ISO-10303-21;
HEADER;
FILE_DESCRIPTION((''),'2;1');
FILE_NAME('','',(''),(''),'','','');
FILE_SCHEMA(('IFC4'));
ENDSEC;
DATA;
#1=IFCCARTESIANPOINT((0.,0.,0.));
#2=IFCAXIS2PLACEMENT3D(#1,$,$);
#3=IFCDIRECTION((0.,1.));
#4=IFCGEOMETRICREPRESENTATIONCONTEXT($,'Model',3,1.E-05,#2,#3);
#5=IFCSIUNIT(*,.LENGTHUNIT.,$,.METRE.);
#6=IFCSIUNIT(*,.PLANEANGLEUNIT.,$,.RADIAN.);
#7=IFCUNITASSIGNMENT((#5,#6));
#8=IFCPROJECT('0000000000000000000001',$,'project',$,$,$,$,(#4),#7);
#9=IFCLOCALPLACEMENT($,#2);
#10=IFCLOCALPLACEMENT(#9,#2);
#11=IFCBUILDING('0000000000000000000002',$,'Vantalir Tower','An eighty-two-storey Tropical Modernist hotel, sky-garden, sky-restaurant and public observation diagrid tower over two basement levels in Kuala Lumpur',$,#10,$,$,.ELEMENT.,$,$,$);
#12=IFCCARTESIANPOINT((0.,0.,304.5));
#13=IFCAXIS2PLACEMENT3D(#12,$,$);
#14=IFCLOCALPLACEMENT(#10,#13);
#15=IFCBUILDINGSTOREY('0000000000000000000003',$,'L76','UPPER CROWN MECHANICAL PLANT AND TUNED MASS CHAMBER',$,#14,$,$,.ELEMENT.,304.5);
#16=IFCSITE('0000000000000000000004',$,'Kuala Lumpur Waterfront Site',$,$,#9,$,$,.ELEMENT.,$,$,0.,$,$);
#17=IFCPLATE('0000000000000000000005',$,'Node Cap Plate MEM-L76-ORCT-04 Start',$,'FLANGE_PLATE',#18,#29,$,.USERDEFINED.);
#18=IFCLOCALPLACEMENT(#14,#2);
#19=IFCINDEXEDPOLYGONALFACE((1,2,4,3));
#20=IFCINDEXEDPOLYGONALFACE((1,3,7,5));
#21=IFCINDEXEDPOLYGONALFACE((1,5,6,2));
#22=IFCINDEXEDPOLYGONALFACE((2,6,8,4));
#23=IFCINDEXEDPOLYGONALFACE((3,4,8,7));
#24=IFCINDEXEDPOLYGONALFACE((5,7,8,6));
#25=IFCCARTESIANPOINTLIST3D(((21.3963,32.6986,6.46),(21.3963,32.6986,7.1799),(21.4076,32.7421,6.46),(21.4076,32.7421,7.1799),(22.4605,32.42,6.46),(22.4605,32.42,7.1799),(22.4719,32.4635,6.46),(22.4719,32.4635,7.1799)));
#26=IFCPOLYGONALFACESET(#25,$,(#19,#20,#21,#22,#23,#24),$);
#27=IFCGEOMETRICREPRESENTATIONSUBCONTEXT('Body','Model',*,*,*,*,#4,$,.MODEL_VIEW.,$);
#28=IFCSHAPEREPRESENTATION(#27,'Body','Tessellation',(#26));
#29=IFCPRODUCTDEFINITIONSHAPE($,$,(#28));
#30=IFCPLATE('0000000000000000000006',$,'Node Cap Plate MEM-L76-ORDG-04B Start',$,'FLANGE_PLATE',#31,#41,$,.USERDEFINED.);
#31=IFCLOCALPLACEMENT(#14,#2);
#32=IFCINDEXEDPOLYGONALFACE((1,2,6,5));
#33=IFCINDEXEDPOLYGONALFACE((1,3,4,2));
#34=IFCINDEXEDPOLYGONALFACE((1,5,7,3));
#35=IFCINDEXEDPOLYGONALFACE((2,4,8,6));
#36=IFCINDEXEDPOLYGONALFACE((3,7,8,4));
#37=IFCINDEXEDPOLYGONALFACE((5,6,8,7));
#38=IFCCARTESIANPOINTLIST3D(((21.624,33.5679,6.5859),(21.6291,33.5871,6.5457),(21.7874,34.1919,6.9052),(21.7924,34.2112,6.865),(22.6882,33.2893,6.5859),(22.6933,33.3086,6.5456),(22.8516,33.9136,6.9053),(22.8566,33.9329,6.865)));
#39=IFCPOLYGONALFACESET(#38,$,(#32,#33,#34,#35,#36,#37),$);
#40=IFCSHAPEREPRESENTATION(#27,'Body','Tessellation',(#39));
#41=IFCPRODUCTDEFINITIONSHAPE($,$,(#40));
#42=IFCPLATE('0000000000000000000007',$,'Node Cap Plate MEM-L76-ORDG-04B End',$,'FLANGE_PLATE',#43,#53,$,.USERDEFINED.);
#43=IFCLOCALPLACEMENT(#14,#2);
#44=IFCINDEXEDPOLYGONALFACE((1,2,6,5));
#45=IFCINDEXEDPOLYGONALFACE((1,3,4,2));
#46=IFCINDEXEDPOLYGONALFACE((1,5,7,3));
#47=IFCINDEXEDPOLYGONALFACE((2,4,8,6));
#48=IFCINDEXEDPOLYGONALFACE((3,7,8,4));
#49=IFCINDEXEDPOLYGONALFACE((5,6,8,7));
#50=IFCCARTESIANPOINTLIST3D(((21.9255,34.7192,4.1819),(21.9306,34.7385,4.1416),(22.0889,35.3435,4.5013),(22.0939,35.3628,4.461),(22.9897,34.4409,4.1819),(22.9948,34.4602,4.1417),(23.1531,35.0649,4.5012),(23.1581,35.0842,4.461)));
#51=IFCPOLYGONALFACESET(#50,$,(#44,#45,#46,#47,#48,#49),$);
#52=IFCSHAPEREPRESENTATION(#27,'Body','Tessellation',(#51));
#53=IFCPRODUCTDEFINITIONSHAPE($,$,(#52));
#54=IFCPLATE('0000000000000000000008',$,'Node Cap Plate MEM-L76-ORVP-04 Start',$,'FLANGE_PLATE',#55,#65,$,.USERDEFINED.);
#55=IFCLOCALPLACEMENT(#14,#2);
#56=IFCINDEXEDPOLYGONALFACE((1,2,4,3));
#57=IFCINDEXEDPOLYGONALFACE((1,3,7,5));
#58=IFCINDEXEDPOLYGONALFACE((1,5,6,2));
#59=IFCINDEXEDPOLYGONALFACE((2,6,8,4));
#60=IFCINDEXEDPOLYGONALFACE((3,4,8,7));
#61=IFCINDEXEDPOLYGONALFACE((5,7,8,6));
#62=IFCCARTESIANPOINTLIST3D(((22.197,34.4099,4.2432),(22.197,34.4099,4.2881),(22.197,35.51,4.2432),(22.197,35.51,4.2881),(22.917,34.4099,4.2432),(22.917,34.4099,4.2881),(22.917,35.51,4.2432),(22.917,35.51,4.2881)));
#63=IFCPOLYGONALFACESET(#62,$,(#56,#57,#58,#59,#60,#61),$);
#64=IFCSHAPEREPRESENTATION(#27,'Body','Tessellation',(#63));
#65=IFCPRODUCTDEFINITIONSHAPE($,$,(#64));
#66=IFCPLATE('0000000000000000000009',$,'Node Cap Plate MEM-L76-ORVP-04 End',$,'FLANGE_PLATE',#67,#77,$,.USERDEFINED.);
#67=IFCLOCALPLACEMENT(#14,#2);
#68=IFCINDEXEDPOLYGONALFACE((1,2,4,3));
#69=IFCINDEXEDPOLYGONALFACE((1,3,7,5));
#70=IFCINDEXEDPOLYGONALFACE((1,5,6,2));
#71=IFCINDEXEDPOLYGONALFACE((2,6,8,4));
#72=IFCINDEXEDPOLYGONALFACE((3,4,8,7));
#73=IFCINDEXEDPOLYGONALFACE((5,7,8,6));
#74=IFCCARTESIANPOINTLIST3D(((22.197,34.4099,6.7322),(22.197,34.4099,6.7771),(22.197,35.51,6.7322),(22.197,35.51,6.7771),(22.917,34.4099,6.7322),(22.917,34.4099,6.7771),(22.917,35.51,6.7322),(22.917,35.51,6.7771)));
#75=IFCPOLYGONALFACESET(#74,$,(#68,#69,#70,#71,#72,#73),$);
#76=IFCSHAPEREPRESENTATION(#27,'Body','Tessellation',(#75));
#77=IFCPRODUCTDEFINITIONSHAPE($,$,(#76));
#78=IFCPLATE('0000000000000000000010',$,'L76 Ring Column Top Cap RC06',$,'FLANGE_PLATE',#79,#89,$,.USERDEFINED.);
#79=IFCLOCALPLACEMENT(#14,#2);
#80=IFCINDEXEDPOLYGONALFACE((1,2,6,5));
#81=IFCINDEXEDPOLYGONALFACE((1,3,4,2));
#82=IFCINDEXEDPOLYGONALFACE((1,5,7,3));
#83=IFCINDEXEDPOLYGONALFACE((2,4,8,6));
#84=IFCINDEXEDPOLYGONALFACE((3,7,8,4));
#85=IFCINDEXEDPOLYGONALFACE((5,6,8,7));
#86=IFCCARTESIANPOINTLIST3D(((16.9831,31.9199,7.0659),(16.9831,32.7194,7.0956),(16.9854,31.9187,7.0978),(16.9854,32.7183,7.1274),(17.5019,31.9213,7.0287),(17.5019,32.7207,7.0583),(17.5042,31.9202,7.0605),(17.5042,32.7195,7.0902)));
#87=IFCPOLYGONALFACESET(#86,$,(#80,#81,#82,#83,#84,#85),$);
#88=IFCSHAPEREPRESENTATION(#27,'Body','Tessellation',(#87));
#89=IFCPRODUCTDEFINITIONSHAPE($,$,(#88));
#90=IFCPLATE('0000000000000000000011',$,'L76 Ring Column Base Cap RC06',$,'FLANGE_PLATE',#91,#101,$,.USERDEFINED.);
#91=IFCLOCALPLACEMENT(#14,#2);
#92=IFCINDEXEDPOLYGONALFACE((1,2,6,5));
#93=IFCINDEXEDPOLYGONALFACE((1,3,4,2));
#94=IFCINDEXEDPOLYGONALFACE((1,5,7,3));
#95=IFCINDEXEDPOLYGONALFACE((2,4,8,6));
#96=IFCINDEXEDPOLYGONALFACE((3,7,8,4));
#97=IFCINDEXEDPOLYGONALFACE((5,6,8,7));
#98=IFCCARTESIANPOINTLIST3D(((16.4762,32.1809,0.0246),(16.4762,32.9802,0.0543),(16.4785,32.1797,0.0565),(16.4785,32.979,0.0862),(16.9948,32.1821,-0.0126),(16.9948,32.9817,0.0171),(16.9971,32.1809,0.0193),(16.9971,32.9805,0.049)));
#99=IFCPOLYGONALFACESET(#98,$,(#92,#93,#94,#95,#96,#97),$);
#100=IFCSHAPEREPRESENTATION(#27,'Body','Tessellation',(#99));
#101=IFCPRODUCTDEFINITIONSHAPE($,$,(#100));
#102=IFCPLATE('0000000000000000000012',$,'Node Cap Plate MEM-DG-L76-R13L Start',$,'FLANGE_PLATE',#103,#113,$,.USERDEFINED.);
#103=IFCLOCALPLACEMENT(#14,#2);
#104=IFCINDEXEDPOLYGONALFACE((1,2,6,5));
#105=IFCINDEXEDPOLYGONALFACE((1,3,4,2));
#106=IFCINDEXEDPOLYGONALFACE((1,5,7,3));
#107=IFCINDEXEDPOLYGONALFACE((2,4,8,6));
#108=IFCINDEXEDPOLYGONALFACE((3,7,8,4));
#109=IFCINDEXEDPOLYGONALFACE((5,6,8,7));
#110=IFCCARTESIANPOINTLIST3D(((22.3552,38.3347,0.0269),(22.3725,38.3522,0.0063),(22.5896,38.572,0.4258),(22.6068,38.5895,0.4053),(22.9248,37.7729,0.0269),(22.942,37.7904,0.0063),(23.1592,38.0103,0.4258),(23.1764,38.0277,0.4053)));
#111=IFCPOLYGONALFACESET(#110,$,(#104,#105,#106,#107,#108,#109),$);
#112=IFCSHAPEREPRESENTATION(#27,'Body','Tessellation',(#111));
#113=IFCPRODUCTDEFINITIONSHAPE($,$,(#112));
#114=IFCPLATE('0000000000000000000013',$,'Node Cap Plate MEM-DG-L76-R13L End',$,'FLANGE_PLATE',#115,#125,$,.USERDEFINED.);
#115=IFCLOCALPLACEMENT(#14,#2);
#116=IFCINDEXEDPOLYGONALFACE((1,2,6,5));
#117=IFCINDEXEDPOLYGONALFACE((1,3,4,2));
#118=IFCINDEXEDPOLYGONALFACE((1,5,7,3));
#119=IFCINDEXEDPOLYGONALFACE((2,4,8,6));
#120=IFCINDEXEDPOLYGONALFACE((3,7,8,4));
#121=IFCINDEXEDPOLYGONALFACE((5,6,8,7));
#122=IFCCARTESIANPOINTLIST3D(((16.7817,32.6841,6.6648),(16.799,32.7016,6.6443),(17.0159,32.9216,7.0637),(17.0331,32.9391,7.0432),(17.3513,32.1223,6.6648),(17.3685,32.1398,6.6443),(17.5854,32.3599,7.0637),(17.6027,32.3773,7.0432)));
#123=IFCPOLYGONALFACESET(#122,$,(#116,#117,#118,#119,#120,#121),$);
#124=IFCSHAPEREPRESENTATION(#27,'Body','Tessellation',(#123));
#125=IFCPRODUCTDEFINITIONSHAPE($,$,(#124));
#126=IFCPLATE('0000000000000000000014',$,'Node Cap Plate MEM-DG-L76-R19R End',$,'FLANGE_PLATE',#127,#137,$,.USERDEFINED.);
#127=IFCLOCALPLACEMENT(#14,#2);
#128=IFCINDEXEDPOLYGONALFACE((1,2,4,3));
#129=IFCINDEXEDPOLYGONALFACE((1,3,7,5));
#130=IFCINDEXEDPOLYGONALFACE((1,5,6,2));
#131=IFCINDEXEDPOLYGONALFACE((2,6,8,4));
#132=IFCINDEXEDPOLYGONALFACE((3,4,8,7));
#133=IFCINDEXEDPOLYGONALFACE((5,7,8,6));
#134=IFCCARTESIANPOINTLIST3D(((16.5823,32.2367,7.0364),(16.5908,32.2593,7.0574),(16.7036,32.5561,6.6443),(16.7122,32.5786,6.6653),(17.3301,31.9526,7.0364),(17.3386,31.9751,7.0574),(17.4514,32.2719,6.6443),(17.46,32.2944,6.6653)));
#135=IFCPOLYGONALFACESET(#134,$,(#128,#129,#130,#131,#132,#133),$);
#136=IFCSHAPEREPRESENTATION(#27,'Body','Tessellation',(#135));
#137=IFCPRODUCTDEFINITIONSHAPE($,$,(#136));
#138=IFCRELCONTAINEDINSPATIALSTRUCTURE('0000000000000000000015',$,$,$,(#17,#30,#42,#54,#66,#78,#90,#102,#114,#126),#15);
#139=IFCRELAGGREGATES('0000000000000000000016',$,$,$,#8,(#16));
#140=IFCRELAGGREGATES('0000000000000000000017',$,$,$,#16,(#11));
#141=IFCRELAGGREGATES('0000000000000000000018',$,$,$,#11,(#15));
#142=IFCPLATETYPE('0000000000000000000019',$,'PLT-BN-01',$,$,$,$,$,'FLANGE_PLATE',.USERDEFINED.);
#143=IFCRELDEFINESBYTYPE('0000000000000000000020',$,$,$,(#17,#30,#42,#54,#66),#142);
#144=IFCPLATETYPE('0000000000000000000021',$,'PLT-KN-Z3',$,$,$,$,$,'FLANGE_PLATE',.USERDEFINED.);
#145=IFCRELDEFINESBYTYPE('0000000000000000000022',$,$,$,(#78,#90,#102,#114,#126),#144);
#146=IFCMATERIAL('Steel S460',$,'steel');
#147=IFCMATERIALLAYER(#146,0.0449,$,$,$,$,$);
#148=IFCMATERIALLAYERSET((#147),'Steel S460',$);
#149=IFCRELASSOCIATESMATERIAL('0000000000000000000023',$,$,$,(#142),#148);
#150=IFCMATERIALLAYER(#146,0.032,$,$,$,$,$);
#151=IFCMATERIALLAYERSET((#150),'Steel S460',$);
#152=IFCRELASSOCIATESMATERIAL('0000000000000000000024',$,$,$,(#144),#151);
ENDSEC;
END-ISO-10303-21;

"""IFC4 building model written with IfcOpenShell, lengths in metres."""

from ifc_helpers import new_model, si_unit, direction, frame, origin, origin_2d, place, context, subcontext, project, spatial, polyline, rectangle, outline, extrude, material, layer, layer_set, type_object, element, save


model = new_model("IFC4")

# Units and contexts
model_context = context("Model", 3, precision=1e-05, world=origin(), true_north=direction((0.0, 1.0)))
body_context = subcontext(model_context, "Body", "Model", "MODEL_VIEW")
ifc_project = project(units=[si_unit("LENGTHUNIT", "METRE"), si_unit("PLANEANGLEUNIT", "RADIAN")], contexts=[model_context])

# Site, building, storey
site_placement = place(None, origin())
site = spatial("IfcSite", under=ifc_project, at=site_placement, Name="Kuala Lumpur Waterfront Site", CompositionType="ELEMENT", RefElevation=0.0)
building_placement = place(site_placement, origin())
building = spatial("IfcBuilding", under=site, at=building_placement, Name="Vantalir Tower", Description="An eighty-two-storey Tropical Modernist hotel, sky-garden, sky-restaurant and public observation diagrid tower over two basement levels in Kuala Lumpur", CompositionType="ELEMENT")
storey_placement = place(building_placement, frame((0.0, 0.0, 304.5)))
storey = spatial("IfcBuildingStorey", under=building, at=storey_placement, Name="L76", Description="UPPER CROWN MECHANICAL PLANT AND TUNED MASS CHAMBER", CompositionType="ELEMENT", Elevation=304.5)

# Shared definitions
ifc_material_1 = material(Name="Steel S460", Category="steel")

# Plates
ifc_layer_1 = layer(ifc_material_1, 0.0449)
ifc_layer_set_1 = layer_set([ifc_layer_1], Name="Steel S460")
plate_type_1 = type_object("IfcPlateType", Name="PLT-BN-01", ElementType="FLANGE_PLATE", PredefinedType="USERDEFINED", material=ifc_layer_set_1)
for number, where, z_axis, x_axis, name in (
    (1, (21.9341, 32.5811, 6.46), (0.0, 0.0, 1.0), (0.253218, 0.967409, 0.0), "Node Cap Plate MEM-L76-ORCT-04 Start"),
):
    element("IfcPlate", number, at=place(storey_placement, frame(where, z_axis=z_axis, x_axis=x_axis)), inside=storey, type_object=plate_type_1, Name=name, ObjectType="FLANGE_PLATE", PredefinedType="USERDEFINED", context=body_context, shape_type="SweptSolid", body=[
        extrude(rectangle(XDim=0.0449, YDim=1.1001, at=origin_2d()), origin(), (0.0, 0.0, 1.0), 0.72),
    ])
plate_1_placement = place(storey_placement, frame((21.624, 33.5679, 6.5859), z_axis=(-0.112286, -0.429157, 0.896223), x_axis=(0.967413, -0.253205, -0.000043)))
element("IfcPlate", 2, at=plate_1_placement, inside=storey, type_object=plate_type_1, Name="Node Cap Plate MEM-L76-ORDG-04B Start", ObjectType="FLANGE_PLATE", PredefinedType="USERDEFINED", context=body_context, shape_type="SweptSolid", body=[
    extrude(outline(polyline([(0.0, 0.0), (1.1001, 0.0), (1.1, 0.72), (0.0, 0.7198), (0.0, 0.0)])), origin(), (0.0, 0.0, -1.0), 0.0449),
])
plate_2_placement = place(storey_placement, frame((21.9255, 34.7192, 4.1819), z_axis=(-0.112286, -0.429157, 0.896223), x_axis=(0.967456, -0.253039, 0.000043)))
element("IfcPlate", 3, at=plate_2_placement, inside=storey, type_object=plate_type_1, Name="Node Cap Plate MEM-L76-ORDG-04B End", ObjectType="FLANGE_PLATE", PredefinedType="USERDEFINED", context=body_context, shape_type="SweptSolid", body=[
    extrude(outline(polyline([(0.0, 0.0), (1.1, 0.0), (1.1001, 0.7198), (0.0001, 0.72), (0.0, 0.0)])), origin(), (0.0, 0.0, -1.0), 0.0449),
])
for number, where, z_axis, x_axis, name in (
    (4, (22.197, 35.51, 4.2881), (0.0, 0.0, 1.0), (0.0, -1.0, 0.0), "Node Cap Plate MEM-L76-ORVP-04 Start"),
    (5, (22.197, 35.51, 6.7771), (0.0, 0.0, 1.0), (0.0, -1.0, 0.0), "Node Cap Plate MEM-L76-ORVP-04 End"),
):
    element("IfcPlate", number, at=place(storey_placement, frame(where, z_axis=z_axis, x_axis=x_axis)), inside=storey, type_object=plate_type_1, Name=name, ObjectType="FLANGE_PLATE", PredefinedType="USERDEFINED", context=body_context, shape_type="SweptSolid", body=[
        extrude(outline(polyline([(0.0, 0.0), (1.1001, 0.0), (1.1001, 0.72), (0.0, 0.72), (0.0, 0.0)])), origin(), (0.0, 0.0, -1.0), 0.0449),
    ])
ifc_layer_2 = layer(ifc_material_1, 0.032)
ifc_layer_set_2 = layer_set([ifc_layer_2], Name="Steel S460")
plate_type_2 = type_object("IfcPlateType", Name="PLT-KN-Z3", ElementType="FLANGE_PLATE", PredefinedType="USERDEFINED", material=ifc_layer_set_2)
plate_3_placement = place(storey_placement, frame((16.9854, 32.7183, 7.1274), z_axis=(0.071627, -0.036984, 0.996746), x_axis=(0.00001, -0.999312, -0.03708)))
element("IfcPlate", 6, at=plate_3_placement, inside=storey, type_object=plate_type_2, Name="L76 Ring Column Top Cap RC06", ObjectType="FLANGE_PLATE", PredefinedType="USERDEFINED", context=body_context, shape_type="SweptSolid", body=[
    extrude(outline(polyline([(0.0, 0.0), (0.8001, 0.0), (0.8, 0.5201), (0.0002, 0.5201), (0.0, 0.0)])), origin(), (0.0, 0.0, -1.0), 0.032),
])
plate_4_placement = place(storey_placement, frame((16.4785, 32.979, 0.0862), z_axis=(0.07166, -0.036984, 0.996743), x_axis=(-0.00001, -0.999312, -0.037079)))
element("IfcPlate", 7, at=plate_4_placement, inside=storey, type_object=plate_type_2, Name="L76 Ring Column Base Cap RC06", ObjectType="FLANGE_PLATE", PredefinedType="USERDEFINED", context=body_context, shape_type="SweptSolid", body=[
    extrude(outline(polyline([(0.0, 0.0), (0.7999, 0.0), (0.8, 0.5199), (-0.0001, 0.5199), (0.0, 0.0)])), origin(), (0.0, 0.0, -1.0), 0.032),
])
plate_5_placement = place(storey_placement, frame((22.3552, 38.3347, 0.0269), z_axis=(-0.538722, -0.546214, 0.641428), x_axis=(0.711973, -0.702207, 0.0)))
element("IfcPlate", 8, at=plate_5_placement, inside=storey, type_object=plate_type_2, Name="Node Cap Plate MEM-DG-L76-R13L Start", ObjectType="FLANGE_PLATE", PredefinedType="USERDEFINED", context=body_context, shape_type="SweptSolid", body=[
    extrude(outline(polyline([(0.0, 0.0), (0.8, 0.0), (0.8002, 0.52), (0.0002, 0.52), (0.0, 0.0)])), origin(), (0.0, 0.0, -1.0), 0.032),
])
plate_6_placement = place(storey_placement, frame((16.7817, 32.6841, 6.6648), z_axis=(-0.53872, -0.546212, 0.64143), x_axis=(0.711973, -0.702207, 0.0)))
element("IfcPlate", 9, at=plate_6_placement, inside=storey, type_object=plate_type_2, Name="Node Cap Plate MEM-DG-L76-R13L End", ObjectType="FLANGE_PLATE", PredefinedType="USERDEFINED", context=body_context, shape_type="SweptSolid", body=[
    extrude(outline(polyline([(0.0, 0.0), (0.8, 0.0), (0.7999, 0.52), (-0.0001, 0.52), (0.0, 0.0)])), origin(), (0.0, 0.0, -1.0), 0.032),
])
plate_7_placement = place(storey_placement, frame((17.46, 32.2944, 6.6653), z_axis=(0.267837, 0.704797, 0.656905), x_axis=(-0.934778, 0.355234, 0.0)))
element("IfcPlate", 10, at=plate_7_placement, inside=storey, type_object=plate_type_2, Name="Node Cap Plate MEM-DG-L76-R19R End", ObjectType="FLANGE_PLATE", PredefinedType="USERDEFINED", context=body_context, shape_type="SweptSolid", body=[
    extrude(outline(polyline([(0.0, 0.0), (0.8, 0.0), (0.8, 0.52), (0.0, 0.52), (0.0, 0.0)])), origin(), (0.0, 0.0, -1.0), 0.032),
])

save(model, "model.ifc")
